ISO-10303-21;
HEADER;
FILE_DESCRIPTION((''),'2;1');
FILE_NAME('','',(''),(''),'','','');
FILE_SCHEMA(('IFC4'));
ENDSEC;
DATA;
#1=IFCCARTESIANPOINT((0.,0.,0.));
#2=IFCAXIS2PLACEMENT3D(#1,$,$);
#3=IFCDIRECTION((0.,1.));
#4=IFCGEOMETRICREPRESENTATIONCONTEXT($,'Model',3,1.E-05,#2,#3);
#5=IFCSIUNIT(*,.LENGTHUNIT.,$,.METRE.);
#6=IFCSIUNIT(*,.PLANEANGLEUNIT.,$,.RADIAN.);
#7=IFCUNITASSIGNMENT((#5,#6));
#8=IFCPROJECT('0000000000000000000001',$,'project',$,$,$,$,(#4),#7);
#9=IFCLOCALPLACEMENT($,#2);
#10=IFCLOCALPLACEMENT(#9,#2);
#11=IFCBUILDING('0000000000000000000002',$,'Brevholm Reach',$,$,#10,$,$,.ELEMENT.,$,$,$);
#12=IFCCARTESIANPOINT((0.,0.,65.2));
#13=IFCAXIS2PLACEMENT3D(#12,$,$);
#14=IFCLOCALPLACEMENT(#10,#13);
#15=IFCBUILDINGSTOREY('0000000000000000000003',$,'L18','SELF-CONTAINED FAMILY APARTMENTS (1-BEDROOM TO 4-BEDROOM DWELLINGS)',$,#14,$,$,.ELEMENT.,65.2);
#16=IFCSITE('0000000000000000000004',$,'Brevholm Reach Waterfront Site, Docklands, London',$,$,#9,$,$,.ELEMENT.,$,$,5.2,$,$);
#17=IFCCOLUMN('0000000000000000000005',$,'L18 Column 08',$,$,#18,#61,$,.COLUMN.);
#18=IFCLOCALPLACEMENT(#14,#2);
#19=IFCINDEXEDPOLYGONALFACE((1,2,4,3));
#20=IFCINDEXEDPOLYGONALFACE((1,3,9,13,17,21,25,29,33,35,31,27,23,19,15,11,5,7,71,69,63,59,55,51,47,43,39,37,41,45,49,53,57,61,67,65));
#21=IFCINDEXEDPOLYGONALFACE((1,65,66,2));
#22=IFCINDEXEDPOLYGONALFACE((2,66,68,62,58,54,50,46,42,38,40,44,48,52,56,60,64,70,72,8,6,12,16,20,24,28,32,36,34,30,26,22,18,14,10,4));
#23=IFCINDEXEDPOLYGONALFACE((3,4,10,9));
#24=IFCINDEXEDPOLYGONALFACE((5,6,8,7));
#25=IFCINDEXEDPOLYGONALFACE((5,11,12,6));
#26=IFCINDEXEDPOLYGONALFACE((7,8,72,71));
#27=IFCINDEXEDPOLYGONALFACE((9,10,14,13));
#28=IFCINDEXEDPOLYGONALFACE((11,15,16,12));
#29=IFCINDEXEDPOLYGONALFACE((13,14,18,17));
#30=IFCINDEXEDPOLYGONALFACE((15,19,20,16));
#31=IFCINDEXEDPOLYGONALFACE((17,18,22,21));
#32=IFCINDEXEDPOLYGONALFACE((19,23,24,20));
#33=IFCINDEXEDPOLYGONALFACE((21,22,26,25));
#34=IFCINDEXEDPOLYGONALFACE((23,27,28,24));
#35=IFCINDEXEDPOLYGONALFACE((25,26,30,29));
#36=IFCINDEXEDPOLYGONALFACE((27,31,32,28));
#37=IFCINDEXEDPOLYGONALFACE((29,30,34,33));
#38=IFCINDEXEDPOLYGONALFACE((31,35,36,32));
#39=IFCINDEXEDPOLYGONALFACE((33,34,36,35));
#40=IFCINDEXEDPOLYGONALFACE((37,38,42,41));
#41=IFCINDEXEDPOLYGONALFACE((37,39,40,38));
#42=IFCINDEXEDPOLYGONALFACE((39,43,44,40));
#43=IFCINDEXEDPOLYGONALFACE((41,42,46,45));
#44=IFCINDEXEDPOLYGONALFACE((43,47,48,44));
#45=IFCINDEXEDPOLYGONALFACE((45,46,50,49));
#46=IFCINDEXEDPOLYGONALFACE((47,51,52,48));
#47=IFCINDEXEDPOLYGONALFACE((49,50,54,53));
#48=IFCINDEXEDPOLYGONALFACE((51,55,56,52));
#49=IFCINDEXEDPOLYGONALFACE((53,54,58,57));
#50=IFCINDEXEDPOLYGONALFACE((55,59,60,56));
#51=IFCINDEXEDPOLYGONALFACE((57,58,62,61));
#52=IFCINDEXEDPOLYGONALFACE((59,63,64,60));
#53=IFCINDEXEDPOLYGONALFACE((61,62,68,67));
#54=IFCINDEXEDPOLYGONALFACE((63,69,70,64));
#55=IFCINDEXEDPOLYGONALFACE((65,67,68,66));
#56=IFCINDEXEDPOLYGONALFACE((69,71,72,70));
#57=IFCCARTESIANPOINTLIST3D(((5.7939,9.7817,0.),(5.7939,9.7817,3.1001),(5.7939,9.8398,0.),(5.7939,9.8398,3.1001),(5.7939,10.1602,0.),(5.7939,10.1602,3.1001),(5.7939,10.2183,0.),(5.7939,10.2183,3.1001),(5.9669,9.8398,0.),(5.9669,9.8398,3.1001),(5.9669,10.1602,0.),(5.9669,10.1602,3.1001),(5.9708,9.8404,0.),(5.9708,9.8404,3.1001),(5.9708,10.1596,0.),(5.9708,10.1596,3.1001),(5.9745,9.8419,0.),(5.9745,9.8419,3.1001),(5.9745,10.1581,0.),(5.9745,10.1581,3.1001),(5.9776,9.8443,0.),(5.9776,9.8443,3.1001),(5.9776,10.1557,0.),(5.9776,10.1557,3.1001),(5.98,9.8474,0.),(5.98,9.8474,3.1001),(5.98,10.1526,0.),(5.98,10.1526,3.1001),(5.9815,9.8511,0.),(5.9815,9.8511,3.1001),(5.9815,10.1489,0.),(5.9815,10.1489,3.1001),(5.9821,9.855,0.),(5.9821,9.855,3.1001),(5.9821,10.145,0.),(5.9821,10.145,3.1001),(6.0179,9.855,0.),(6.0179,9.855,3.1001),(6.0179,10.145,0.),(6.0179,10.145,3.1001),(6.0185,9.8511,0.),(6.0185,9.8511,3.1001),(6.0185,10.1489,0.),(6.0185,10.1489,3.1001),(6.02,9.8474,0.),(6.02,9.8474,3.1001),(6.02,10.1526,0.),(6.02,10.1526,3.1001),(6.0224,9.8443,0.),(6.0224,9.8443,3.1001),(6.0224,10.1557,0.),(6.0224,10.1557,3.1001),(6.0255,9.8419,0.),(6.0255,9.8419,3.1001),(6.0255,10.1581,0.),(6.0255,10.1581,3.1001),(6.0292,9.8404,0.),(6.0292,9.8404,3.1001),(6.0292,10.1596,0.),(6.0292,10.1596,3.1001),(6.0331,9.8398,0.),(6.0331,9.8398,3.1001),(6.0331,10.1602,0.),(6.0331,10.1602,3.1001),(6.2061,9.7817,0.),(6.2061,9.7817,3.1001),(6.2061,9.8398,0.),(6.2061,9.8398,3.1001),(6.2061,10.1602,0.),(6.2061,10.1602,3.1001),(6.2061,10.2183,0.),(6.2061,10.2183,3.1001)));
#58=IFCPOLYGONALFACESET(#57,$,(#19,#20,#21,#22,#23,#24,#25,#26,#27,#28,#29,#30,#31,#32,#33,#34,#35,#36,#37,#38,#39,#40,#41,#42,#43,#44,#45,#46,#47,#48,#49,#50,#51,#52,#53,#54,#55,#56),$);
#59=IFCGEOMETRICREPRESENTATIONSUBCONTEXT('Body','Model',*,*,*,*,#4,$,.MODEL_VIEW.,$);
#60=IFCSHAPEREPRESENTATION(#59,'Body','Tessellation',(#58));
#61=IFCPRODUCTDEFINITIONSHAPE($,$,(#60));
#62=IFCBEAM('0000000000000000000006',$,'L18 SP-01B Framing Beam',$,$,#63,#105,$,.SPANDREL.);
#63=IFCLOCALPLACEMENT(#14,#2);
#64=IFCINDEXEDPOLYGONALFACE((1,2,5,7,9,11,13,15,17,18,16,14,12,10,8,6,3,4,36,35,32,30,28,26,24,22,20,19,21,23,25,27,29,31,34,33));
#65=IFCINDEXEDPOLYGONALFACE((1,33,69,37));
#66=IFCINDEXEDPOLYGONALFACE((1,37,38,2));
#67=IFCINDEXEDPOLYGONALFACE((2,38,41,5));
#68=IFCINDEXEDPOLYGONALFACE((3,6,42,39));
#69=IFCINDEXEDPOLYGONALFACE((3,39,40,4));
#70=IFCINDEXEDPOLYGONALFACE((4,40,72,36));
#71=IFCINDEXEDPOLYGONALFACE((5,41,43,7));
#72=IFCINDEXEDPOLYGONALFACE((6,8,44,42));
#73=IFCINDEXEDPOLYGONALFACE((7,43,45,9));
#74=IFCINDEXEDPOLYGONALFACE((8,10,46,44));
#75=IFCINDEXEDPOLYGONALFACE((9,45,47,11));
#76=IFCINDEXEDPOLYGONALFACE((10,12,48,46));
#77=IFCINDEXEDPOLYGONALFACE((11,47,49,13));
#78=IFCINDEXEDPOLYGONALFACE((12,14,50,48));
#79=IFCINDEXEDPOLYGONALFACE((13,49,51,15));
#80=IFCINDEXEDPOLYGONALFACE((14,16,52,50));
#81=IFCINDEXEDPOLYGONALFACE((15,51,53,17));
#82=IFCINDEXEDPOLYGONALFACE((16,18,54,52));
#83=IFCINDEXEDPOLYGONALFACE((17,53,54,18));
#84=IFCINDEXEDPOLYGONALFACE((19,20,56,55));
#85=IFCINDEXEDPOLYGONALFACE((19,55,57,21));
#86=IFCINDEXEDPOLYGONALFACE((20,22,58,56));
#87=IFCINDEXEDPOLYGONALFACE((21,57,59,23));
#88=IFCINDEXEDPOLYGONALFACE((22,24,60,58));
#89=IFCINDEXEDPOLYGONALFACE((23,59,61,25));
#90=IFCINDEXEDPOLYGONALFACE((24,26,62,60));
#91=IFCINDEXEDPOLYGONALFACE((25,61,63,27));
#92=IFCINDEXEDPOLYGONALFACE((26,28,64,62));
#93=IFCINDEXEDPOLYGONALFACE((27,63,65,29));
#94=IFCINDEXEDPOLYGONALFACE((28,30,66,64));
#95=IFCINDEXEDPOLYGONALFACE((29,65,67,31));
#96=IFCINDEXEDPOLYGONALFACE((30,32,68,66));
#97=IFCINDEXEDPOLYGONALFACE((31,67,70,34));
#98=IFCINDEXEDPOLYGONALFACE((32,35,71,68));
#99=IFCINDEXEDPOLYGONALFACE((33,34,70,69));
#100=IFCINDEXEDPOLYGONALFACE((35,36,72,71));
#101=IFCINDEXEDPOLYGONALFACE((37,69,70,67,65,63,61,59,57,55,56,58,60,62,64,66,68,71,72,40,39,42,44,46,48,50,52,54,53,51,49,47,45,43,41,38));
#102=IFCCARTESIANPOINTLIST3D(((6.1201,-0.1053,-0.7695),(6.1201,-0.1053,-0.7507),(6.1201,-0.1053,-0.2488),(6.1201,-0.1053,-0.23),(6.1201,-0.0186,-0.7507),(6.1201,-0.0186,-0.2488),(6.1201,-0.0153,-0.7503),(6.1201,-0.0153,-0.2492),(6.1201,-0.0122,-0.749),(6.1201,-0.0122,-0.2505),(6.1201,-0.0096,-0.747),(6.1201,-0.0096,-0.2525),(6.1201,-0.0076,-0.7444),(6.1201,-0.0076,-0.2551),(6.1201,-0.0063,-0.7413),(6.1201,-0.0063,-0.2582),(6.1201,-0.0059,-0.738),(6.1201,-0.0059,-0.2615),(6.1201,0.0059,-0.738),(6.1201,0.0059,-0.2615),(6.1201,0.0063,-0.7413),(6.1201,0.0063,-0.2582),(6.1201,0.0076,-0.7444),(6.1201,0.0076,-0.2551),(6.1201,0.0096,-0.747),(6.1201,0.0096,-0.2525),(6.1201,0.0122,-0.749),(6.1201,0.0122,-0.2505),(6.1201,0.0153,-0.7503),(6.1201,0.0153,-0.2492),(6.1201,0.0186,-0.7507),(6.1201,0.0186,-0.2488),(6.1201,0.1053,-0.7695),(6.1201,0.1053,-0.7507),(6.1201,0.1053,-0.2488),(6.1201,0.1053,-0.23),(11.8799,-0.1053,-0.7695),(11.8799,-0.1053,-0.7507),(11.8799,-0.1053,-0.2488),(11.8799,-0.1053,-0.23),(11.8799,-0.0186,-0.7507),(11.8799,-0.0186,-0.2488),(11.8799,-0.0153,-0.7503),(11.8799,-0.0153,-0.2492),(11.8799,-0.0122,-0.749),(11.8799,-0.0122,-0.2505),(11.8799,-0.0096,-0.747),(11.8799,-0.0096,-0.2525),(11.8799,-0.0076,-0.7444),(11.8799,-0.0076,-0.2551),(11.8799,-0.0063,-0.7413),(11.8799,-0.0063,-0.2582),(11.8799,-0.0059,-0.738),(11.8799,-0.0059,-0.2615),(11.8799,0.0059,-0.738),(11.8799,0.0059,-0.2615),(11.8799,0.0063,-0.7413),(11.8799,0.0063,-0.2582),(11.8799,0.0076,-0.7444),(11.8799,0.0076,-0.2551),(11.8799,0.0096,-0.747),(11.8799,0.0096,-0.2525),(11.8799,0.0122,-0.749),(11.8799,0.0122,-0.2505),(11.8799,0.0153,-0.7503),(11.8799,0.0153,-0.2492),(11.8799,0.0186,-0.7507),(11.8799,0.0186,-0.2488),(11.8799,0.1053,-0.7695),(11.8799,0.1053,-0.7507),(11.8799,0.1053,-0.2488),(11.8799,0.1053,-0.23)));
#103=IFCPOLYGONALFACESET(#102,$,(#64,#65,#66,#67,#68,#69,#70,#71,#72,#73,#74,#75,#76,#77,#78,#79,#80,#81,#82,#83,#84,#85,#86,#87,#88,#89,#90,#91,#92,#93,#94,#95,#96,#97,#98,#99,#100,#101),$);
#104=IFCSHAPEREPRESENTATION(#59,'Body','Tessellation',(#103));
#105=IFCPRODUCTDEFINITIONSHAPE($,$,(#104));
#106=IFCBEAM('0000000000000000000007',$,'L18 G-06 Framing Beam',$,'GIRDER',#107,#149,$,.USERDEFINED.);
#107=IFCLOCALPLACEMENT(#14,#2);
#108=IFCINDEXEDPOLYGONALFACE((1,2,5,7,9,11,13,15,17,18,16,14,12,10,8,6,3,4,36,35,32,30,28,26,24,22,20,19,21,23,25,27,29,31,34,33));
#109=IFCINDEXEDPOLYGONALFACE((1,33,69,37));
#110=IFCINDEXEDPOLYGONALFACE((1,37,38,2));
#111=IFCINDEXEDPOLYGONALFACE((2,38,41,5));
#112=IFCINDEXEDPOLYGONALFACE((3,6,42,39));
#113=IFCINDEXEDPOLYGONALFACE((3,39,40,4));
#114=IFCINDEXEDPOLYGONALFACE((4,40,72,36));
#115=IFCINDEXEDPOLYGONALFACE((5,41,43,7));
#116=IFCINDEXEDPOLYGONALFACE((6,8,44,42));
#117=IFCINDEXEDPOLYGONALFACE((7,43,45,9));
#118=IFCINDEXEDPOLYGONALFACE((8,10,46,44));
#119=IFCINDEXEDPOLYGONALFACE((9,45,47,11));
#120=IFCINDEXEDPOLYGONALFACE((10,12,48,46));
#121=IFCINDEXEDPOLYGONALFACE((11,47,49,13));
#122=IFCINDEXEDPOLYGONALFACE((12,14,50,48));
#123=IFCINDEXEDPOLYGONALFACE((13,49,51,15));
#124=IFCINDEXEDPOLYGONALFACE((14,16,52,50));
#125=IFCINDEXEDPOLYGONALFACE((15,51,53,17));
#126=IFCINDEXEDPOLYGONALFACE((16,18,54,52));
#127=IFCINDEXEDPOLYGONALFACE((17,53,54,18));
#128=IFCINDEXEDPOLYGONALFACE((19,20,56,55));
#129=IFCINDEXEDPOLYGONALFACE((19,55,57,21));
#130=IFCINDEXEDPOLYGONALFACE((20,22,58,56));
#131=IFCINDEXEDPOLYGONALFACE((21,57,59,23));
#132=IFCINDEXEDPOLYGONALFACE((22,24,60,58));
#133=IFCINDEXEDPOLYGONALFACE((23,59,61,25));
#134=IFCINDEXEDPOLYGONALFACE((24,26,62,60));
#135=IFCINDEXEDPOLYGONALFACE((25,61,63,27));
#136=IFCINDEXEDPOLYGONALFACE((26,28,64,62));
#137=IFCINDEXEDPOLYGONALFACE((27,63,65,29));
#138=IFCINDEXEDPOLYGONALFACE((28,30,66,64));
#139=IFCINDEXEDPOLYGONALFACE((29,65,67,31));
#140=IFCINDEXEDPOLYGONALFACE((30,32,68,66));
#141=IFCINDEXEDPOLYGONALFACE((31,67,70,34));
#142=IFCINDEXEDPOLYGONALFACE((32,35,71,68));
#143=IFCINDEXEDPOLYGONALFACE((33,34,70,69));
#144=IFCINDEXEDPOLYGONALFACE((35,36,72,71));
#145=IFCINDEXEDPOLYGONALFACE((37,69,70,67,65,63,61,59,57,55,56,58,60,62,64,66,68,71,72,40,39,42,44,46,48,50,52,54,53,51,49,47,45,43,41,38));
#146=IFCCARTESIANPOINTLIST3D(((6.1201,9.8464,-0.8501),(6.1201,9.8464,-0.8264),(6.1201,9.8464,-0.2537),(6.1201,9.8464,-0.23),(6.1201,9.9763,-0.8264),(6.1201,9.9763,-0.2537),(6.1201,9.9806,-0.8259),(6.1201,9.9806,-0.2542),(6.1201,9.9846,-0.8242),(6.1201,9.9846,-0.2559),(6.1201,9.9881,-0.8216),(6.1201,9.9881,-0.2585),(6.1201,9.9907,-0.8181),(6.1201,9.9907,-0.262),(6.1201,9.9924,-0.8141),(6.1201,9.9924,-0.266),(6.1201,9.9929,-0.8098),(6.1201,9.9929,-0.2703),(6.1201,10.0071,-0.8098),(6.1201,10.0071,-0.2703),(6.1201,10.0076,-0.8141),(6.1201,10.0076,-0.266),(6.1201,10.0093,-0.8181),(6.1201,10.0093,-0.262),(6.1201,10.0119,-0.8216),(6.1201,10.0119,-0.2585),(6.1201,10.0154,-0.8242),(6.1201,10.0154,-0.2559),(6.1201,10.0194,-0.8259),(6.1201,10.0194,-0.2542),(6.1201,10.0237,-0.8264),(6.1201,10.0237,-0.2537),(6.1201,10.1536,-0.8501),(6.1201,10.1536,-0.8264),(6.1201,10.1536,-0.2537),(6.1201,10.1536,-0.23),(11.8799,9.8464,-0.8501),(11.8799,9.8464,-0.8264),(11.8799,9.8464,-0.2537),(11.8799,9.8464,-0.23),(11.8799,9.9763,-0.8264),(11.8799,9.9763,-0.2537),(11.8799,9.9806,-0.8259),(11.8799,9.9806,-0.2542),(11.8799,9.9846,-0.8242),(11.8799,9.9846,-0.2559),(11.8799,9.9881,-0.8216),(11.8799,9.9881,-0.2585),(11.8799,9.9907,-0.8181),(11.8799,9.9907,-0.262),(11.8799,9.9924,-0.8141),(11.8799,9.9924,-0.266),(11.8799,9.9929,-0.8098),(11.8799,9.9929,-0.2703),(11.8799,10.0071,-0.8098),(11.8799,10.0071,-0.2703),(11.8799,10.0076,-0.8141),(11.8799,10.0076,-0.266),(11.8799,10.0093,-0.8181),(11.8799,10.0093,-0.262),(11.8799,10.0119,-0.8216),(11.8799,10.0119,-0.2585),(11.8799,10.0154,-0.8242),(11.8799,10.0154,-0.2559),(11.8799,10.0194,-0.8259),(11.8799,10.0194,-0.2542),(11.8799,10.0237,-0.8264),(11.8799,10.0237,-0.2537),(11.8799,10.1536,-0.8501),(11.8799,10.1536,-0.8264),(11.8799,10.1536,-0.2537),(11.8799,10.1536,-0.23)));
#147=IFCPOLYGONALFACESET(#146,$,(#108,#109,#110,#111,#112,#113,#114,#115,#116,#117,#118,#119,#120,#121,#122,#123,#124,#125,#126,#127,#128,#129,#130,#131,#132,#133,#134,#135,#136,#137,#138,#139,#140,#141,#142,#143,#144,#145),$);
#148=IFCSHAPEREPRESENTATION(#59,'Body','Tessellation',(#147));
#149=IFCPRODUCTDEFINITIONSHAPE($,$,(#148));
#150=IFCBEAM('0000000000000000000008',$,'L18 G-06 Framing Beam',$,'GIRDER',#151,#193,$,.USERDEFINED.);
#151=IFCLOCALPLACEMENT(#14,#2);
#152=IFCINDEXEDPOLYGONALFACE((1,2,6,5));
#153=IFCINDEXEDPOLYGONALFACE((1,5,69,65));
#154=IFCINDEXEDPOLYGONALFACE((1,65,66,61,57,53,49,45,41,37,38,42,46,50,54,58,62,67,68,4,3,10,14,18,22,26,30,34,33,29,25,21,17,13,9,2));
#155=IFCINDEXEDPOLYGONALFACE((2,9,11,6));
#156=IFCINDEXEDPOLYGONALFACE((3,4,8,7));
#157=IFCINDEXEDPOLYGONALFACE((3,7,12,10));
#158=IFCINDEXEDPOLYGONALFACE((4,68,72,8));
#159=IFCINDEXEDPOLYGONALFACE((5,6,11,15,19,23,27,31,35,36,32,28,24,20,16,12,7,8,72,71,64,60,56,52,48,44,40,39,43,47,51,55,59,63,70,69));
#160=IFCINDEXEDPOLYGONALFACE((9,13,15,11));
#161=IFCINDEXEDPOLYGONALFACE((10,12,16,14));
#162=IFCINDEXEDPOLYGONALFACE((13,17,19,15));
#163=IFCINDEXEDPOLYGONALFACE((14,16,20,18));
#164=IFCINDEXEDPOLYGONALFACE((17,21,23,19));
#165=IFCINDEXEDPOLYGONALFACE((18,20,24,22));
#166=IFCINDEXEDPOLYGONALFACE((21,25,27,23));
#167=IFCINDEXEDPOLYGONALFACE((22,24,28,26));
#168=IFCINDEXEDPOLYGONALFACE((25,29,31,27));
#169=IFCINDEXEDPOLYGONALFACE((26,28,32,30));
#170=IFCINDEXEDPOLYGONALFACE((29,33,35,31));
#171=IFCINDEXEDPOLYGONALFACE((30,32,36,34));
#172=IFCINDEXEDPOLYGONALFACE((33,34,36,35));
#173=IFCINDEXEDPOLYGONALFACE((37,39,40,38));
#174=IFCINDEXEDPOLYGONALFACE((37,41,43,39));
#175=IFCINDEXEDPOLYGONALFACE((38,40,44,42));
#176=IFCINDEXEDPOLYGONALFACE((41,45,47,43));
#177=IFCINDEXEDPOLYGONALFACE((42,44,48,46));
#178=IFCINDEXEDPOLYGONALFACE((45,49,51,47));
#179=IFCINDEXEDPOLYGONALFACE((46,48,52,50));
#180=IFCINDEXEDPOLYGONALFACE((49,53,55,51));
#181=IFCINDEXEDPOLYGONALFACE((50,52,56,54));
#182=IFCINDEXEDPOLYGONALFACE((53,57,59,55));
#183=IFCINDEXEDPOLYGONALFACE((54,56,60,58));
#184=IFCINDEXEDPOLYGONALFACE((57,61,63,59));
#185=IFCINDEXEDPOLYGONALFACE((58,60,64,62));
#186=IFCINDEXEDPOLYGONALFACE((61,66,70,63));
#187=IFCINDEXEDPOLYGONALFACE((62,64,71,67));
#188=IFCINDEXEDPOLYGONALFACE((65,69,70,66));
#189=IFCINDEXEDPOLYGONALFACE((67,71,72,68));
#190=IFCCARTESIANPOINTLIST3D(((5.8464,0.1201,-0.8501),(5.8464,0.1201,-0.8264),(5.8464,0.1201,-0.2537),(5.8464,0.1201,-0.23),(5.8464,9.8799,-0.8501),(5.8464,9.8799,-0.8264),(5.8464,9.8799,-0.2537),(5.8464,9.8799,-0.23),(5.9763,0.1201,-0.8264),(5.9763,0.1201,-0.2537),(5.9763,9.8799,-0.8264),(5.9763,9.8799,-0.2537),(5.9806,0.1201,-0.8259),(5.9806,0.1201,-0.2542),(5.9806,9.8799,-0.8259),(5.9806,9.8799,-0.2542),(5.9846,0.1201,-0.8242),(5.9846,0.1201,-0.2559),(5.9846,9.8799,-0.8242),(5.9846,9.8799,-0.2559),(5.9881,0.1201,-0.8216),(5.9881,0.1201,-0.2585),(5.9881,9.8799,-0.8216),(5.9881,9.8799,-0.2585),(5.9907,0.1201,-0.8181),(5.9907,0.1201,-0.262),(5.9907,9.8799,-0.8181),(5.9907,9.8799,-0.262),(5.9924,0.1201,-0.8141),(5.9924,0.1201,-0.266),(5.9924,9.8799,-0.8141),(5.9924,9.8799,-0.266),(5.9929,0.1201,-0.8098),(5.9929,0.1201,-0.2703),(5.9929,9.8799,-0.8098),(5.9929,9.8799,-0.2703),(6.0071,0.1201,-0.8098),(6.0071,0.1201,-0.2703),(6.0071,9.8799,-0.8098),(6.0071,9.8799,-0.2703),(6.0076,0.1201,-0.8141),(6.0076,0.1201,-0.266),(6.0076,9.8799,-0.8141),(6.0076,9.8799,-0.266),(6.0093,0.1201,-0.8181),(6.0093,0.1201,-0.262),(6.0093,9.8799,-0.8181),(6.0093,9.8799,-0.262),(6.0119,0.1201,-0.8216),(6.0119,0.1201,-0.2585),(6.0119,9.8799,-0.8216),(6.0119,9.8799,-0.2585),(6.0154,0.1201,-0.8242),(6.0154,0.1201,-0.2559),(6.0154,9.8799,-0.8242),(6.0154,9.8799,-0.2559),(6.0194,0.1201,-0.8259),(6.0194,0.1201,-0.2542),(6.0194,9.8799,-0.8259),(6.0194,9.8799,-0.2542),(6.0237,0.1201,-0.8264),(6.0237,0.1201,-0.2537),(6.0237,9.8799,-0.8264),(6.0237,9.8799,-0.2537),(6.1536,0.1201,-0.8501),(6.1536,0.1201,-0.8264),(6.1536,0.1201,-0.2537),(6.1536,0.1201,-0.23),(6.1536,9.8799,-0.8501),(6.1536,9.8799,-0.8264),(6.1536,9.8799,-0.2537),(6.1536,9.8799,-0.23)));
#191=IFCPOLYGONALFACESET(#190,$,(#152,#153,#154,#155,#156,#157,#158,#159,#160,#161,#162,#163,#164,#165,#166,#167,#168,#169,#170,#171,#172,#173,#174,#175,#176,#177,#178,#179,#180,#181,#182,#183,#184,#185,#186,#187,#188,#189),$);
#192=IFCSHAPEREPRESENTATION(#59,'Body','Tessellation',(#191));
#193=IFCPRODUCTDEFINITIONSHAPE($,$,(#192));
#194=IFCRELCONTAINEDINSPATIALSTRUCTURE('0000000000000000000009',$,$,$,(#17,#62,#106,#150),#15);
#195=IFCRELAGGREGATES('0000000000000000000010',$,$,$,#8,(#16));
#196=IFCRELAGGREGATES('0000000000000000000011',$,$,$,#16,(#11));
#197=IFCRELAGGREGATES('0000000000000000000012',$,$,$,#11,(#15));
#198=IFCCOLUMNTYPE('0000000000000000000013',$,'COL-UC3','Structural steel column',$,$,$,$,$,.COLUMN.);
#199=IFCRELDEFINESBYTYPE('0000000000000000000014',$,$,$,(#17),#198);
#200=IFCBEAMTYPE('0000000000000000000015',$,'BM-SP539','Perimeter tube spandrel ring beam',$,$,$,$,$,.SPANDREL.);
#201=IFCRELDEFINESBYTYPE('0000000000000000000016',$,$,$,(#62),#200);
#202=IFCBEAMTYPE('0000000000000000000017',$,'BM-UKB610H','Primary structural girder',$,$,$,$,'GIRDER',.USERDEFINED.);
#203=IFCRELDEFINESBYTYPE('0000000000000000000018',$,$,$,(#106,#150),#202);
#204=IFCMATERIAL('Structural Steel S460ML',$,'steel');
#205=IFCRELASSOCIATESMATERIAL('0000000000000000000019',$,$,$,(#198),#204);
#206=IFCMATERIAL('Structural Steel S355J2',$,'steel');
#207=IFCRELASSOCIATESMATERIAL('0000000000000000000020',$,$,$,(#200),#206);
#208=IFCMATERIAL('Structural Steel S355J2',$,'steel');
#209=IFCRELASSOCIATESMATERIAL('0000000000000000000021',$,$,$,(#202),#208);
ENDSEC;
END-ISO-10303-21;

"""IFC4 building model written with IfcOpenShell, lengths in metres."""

from ifc_helpers import new_model, si_unit, direction, frame, origin, origin_2d, place, context, subcontext, project, spatial, i_section, extrude, material, material_profile, profile_set, type_object, element, save


model = new_model("IFC4")

# Units and contexts
model_context = context("Model", 3, precision=1e-05, world=origin(), true_north=direction((0.0, 1.0)))
body_context = subcontext(model_context, "Body", "Model", "MODEL_VIEW")
ifc_project = project(units=[si_unit("LENGTHUNIT", "METRE"), si_unit("PLANEANGLEUNIT", "RADIAN")], contexts=[model_context])

# Site, building, storey
site_placement = place(None, origin())
site = spatial("IfcSite", under=ifc_project, at=site_placement, Name="Brevholm Reach Waterfront Site, Docklands, London", CompositionType="ELEMENT", RefElevation=5.2)
building_placement = place(site_placement, origin())
building = spatial("IfcBuilding", under=site, at=building_placement, Name="Brevholm Reach", CompositionType="ELEMENT")
storey_placement = place(building_placement, frame((0.0, 0.0, 65.2)))
storey = spatial("IfcBuildingStorey", under=building, at=storey_placement, Name="L18", Description="SELF-CONTAINED FAMILY APARTMENTS (1-BEDROOM TO 4-BEDROOM DWELLINGS)", CompositionType="ELEMENT", Elevation=65.2)

# Column
ifc_material_1 = material(Name="Structural Steel S460ML", Category="steel")
ifc_material_profile_1 = material_profile(ifc_material_1, i_section(OverallWidth=0.4121, OverallDepth=0.4365, WebThickness=0.0359, FlangeThickness=0.0581, FilletRadius=0.0151, at=origin_2d()), Name="UKC 356x406x467")
ifc_profile_set_1 = profile_set([ifc_material_profile_1], Name="Structural Steel S460ML")
column_type_1 = type_object("IfcColumnType", Name="COL-UC3", Description="Structural steel column", PredefinedType="COLUMN", material=ifc_profile_set_1)
column_1_placement = place(storey_placement, frame((6.0, 10.0, 0.0), z_axis=(0.0, 0.0, 1.0), x_axis=(1.0, 0.0, 0.0)))
element("IfcColumn", 1, at=column_1_placement, inside=storey, type_object=column_type_1, Name="L18 Column 08", PredefinedType="COLUMN", context=body_context, shape_type="SweptSolid", body=[
    extrude(i_section(OverallWidth=0.4121, OverallDepth=0.4365, WebThickness=0.0359, FlangeThickness=0.0581, FilletRadius=0.0151, at=origin_2d()), origin(), (0.0, 0.0, 1.0), 3.1001),
])

# Beams
ifc_material_2 = material(Name="Structural Steel S355J2", Category="steel")
ifc_material_profile_2 = material_profile(ifc_material_2, i_section(OverallWidth=0.2107, OverallDepth=0.5396, WebThickness=0.0117, FlangeThickness=0.0188, FilletRadius=0.0127, at=origin_2d()), Name="UKB 533x210x109")
ifc_profile_set_2 = profile_set([ifc_material_profile_2], Name="Structural Steel S355J2")
beam_type_1 = type_object("IfcBeamType", Name="BM-SP539", Description="Perimeter tube spandrel ring beam", PredefinedType="SPANDREL", material=ifc_profile_set_2)
beam_1_placement = place(storey_placement, frame((6.1201, 0.0, -0.4998), z_axis=(1.0, 0.0, 0.0), x_axis=(0.0, 1.0, 0.0)))
element("IfcBeam", 2, at=beam_1_placement, inside=storey, type_object=beam_type_1, Name="L18 SP-01B Framing Beam", PredefinedType="SPANDREL", context=body_context, shape_type="SweptSolid", body=[
    extrude(i_section(OverallWidth=0.2107, OverallDepth=0.5396, WebThickness=0.0117, FlangeThickness=0.0188, FilletRadius=0.0127, at=origin_2d()), origin(), (0.0, 0.0, 1.0), 5.7598),
])
ifc_material_3 = material(Name="Structural Steel S355J2", Category="steel")
ifc_material_profile_3 = material_profile(ifc_material_3, i_section(OverallWidth=0.3071, OverallDepth=0.6201, WebThickness=0.0142, FlangeThickness=0.0237, FilletRadius=0.0166, at=origin_2d()), Name="UKB 610x305x179")
ifc_profile_set_3 = profile_set([ifc_material_profile_3], Name="Structural Steel S355J2")
beam_type_2 = type_object("IfcBeamType", Name="BM-UKB610H", Description="Primary structural girder", ElementType="GIRDER", PredefinedType="USERDEFINED", material=ifc_profile_set_3)
beam_2_placement = place(storey_placement, frame((6.1201, 10.0, -0.54), z_axis=(1.0, 0.0, 0.0), x_axis=(0.0, 1.0, 0.0)))
element("IfcBeam", 3, at=beam_2_placement, inside=storey, type_object=beam_type_2, Name="L18 G-06 Framing Beam", ObjectType="GIRDER", PredefinedType="USERDEFINED", context=body_context, shape_type="SweptSolid", body=[
    extrude(i_section(OverallWidth=0.3071, OverallDepth=0.6201, WebThickness=0.0142, FlangeThickness=0.0237, FilletRadius=0.0166, at=origin_2d()), origin(), (0.0, 0.0, 1.0), 5.7598),
])
beam_3_placement = place(storey_placement, frame((6.0, 0.1201, -0.54), z_axis=(0.0, 1.0, 0.0), x_axis=(-1.0, 0.0, 0.0)))
element("IfcBeam", 4, at=beam_3_placement, inside=storey, type_object=beam_type_2, Name="L18 G-06 Framing Beam", ObjectType="GIRDER", PredefinedType="USERDEFINED", context=body_context, shape_type="SweptSolid", body=[
    extrude(i_section(OverallWidth=0.3071, OverallDepth=0.6201, WebThickness=0.0142, FlangeThickness=0.0237, FilletRadius=0.0166, at=origin_2d()), origin(), (0.0, 0.0, 1.0), 9.7598),
])

save(model, "model.ifc")
